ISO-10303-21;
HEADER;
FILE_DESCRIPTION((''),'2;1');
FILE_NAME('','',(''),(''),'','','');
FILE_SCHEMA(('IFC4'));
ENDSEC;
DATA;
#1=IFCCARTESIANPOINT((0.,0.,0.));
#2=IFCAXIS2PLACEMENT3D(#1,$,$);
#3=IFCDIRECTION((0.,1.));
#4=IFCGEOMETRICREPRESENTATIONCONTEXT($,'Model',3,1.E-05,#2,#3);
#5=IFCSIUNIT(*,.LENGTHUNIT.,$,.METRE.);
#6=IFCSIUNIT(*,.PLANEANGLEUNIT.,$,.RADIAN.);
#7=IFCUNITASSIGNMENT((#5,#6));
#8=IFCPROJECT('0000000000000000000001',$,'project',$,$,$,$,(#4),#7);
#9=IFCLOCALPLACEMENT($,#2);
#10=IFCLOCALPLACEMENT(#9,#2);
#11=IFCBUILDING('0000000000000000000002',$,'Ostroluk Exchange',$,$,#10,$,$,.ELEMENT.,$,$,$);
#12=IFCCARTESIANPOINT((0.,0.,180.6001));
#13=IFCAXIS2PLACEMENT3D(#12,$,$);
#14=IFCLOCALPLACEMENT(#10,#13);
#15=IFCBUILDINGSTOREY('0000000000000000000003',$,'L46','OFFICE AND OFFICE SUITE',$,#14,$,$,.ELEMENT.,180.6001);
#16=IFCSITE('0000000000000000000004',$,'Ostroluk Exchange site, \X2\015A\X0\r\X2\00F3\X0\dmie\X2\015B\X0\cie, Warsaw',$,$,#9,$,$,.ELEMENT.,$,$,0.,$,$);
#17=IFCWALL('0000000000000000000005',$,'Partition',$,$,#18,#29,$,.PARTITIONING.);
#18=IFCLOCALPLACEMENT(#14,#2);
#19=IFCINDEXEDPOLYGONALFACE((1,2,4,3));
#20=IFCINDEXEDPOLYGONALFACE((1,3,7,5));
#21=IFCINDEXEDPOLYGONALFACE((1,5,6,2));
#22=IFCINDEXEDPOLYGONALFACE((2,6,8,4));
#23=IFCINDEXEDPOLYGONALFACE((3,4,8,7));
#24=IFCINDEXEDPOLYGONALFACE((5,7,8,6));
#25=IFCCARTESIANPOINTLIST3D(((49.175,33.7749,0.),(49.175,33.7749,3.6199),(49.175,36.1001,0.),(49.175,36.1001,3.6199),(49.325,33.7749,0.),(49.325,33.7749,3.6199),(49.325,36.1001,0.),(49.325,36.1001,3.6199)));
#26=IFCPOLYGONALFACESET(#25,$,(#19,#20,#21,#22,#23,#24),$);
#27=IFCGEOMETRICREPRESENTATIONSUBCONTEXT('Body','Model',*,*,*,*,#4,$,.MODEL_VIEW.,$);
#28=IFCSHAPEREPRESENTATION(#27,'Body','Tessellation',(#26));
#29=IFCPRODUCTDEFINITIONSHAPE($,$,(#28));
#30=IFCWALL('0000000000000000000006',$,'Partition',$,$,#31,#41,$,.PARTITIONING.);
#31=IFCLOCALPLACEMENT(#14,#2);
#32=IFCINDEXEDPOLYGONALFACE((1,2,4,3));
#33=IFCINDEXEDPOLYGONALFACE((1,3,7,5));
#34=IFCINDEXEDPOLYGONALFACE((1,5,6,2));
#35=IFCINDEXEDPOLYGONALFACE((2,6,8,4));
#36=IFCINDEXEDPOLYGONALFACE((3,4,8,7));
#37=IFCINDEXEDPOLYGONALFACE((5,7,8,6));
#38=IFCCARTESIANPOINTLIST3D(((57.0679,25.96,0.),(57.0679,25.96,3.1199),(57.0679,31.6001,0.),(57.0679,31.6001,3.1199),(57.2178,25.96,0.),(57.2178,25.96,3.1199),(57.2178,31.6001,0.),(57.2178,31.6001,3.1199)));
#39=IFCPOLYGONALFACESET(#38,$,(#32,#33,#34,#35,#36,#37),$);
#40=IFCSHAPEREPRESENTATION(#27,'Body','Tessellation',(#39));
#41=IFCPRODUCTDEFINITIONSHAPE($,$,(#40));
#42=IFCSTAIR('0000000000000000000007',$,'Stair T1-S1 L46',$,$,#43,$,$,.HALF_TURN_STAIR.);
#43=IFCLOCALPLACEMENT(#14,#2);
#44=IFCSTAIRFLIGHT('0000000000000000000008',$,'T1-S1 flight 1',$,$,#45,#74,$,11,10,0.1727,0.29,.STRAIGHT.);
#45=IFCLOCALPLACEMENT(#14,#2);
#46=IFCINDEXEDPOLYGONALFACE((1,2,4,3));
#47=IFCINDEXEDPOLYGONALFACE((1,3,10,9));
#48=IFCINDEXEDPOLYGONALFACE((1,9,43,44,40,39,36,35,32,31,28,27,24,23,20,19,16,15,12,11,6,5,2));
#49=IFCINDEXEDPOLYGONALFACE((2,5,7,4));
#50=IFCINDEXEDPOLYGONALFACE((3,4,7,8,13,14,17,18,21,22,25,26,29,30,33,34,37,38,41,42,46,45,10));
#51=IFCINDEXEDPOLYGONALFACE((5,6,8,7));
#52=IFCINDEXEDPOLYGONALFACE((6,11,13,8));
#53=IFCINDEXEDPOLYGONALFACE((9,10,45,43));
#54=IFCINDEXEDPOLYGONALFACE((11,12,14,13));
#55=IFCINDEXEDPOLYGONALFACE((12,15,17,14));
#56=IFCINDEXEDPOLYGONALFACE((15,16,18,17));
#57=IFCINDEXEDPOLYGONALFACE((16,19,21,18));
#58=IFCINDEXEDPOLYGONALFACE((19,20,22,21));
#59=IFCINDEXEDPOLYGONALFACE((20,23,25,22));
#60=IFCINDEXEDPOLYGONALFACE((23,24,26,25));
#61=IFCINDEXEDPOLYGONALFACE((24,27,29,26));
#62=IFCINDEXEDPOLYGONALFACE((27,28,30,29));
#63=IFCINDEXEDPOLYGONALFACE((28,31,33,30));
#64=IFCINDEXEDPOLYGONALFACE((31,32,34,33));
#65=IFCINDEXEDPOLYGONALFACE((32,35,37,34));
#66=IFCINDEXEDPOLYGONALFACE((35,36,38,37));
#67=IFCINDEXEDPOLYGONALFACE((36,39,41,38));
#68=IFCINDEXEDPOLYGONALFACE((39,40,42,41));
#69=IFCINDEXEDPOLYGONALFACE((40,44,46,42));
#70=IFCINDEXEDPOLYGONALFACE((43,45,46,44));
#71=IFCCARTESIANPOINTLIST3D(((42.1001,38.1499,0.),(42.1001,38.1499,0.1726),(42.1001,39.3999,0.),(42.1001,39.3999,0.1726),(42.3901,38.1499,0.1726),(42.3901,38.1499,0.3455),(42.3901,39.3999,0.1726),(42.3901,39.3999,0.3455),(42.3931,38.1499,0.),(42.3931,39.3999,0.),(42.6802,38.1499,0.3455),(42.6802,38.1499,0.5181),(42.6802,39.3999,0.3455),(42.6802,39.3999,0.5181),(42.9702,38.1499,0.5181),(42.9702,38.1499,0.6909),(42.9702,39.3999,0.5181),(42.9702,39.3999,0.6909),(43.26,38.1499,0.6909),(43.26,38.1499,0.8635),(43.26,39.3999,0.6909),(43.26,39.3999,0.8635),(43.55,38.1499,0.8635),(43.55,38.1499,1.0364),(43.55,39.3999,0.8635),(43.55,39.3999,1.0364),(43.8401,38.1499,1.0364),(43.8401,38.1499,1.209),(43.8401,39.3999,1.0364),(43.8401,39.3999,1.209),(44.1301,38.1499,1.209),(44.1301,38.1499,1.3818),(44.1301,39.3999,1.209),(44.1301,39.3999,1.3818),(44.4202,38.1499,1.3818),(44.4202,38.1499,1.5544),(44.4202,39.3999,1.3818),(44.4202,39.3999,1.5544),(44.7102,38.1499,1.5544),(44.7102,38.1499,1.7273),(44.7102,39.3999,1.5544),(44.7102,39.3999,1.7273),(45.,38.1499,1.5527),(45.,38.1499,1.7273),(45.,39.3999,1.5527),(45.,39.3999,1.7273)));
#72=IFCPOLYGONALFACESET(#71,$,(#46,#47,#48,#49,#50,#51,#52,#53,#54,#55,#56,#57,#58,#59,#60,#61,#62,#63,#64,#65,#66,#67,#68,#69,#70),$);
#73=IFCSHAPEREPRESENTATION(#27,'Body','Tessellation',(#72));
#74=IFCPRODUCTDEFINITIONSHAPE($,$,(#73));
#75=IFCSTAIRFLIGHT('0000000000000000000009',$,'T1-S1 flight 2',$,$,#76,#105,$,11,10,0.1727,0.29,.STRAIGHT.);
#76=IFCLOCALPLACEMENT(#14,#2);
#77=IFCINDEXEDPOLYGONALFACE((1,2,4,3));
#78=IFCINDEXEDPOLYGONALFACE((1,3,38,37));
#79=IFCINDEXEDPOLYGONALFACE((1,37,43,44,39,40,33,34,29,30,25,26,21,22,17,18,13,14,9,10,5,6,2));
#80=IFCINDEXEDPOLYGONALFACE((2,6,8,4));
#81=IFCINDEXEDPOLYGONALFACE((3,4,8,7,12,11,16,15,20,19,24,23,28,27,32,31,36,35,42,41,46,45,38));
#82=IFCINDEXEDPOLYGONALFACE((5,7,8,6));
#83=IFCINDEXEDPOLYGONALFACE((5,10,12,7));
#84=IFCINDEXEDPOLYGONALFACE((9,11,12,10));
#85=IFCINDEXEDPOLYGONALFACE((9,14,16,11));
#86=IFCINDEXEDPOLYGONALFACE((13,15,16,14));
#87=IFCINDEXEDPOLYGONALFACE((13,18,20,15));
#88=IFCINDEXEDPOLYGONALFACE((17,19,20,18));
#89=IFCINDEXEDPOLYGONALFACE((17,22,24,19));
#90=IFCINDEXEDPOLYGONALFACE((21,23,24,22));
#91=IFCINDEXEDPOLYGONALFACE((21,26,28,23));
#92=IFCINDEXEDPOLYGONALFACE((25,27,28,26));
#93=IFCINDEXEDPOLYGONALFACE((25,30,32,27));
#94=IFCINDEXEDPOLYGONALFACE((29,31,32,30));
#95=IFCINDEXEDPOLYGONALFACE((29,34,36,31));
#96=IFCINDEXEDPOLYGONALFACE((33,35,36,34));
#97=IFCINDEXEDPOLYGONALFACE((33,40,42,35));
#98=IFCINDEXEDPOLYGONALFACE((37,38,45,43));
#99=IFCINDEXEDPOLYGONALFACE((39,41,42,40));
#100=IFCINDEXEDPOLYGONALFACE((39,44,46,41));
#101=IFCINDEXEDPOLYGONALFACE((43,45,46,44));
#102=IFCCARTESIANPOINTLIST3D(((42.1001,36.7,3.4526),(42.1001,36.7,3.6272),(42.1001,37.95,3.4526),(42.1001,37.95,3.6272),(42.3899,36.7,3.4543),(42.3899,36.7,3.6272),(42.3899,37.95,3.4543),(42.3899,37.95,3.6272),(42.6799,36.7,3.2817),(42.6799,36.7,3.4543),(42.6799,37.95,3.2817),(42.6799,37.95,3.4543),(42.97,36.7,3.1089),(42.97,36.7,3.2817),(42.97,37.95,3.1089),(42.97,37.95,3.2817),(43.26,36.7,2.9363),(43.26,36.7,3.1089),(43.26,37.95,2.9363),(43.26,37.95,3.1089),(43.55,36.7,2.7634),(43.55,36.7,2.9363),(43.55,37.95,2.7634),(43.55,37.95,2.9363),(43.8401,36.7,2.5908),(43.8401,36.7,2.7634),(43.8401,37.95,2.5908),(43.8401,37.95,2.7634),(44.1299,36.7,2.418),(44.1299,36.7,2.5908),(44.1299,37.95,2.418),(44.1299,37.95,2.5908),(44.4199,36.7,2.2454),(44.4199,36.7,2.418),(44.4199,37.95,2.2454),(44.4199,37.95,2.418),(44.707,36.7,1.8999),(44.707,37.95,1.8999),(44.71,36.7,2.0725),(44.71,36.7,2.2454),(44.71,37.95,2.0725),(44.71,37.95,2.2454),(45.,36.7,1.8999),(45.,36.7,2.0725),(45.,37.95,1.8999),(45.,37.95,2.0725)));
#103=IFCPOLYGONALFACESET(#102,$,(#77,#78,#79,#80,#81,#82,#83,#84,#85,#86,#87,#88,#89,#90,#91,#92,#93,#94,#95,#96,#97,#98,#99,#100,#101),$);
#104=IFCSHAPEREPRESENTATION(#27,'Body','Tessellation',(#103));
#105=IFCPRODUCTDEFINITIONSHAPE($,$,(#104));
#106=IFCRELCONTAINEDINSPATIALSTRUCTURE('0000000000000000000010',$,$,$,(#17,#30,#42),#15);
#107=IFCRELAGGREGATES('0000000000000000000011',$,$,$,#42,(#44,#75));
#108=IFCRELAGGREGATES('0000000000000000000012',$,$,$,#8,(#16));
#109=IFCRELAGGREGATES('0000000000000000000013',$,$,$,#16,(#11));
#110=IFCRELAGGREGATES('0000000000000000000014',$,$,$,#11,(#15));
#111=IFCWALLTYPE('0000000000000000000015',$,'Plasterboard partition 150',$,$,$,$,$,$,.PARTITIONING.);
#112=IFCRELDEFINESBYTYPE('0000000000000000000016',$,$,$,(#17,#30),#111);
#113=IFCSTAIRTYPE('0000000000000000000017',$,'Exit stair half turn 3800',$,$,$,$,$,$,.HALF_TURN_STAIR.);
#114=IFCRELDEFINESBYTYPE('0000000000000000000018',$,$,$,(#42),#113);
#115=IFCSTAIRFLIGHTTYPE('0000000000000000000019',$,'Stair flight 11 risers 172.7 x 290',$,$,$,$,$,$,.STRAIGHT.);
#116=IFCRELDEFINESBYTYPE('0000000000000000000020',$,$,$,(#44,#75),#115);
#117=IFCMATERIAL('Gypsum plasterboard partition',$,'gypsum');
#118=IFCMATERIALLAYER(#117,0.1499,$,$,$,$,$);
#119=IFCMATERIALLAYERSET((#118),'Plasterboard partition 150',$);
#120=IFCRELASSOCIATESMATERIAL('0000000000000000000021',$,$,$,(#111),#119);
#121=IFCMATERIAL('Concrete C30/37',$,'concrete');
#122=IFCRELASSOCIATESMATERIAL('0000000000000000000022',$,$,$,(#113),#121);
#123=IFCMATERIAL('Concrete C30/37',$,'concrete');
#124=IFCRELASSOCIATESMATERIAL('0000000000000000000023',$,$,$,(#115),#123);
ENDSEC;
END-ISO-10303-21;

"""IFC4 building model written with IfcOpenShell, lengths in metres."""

from ifc_helpers import new_model, si_unit, direction, frame, frame_2d, origin, place, context, subcontext, project, spatial, polyline, rectangle, outline, extrude, material, layer, layer_set, type_object, element, aggregate, save


model = new_model("IFC4")

# Units and contexts
model_context = context("Model", 3, precision=1e-05, world=origin(), true_north=direction((0.0, 1.0)))
body_context = subcontext(model_context, "Body", "Model", "MODEL_VIEW")
ifc_project = project(units=[si_unit("LENGTHUNIT", "METRE"), si_unit("PLANEANGLEUNIT", "RADIAN")], contexts=[model_context])

# Site, building, storey
site_placement = place(None, origin())
site = spatial("IfcSite", under=ifc_project, at=site_placement, Name="Ostroluk Exchange site, Śródmieście, Warsaw", CompositionType="ELEMENT", RefElevation=0.0)
building_placement = place(site_placement, origin())
building = spatial("IfcBuilding", under=site, at=building_placement, Name="Ostroluk Exchange", CompositionType="ELEMENT")
storey_placement = place(building_placement, frame((0.0, 0.0, 180.6001)))
storey = spatial("IfcBuildingStorey", under=building, at=storey_placement, Name="L46", Description="OFFICE AND OFFICE SUITE", CompositionType="ELEMENT", Elevation=180.6001)

# Walls
ifc_material_1 = material(Name="Gypsum plasterboard partition", Category="gypsum")
ifc_layer_1 = layer(ifc_material_1, 0.1499)
ifc_layer_set_1 = layer_set([ifc_layer_1], Name="Plasterboard partition 150")
wall_type_1 = type_object("IfcWallType", Name="Plasterboard partition 150", PredefinedType="PARTITIONING", material=ifc_layer_set_1)
for number, where, z_axis, x_axis, name in (
    (1, (49.25, 36.1001, 0.0), (0.0, 0.0, 1.0), (0.0, -1.0, 0.0), "Partition"),
):
    element("IfcWall", number, at=place(storey_placement, frame(where, z_axis=z_axis, x_axis=x_axis)), inside=storey, type_object=wall_type_1, Name=name, PredefinedType="PARTITIONING", context=body_context, shape_type="SweptSolid", body=[
        extrude(rectangle(XDim=2.3252, YDim=0.1499, at=frame_2d((1.1626, 0.0))), origin(), (0.0, 0.0, 1.0), 3.6199),
    ])
wall_1_placement = place(storey_placement, frame((57.1428, 31.6001, 0.0), z_axis=(0.0, 0.0, 1.0), x_axis=(0.0, -1.0, 0.0)))
element("IfcWall", 2, at=wall_1_placement, inside=storey, type_object=wall_type_1, Name="Partition", PredefinedType="PARTITIONING", context=body_context, shape_type="SweptSolid", body=[
    extrude(rectangle(XDim=5.6401, YDim=0.1499, at=frame_2d((2.8201, 0.0))), origin(), (0.0, 0.0, 1.0), 3.1199),
])

# Stair, stair flights
ifc_material_2 = material(Name="Concrete C30/37", Category="concrete")
stair_type = type_object("IfcStairType", Name="Exit stair half turn 3800", PredefinedType="HALF_TURN_STAIR", material=ifc_material_2)
stair_placement = place(storey_placement, origin())
stair = element("IfcStair", 3, at=stair_placement, inside=storey, type_object=stair_type, Name="Stair T1-S1 L46", PredefinedType="HALF_TURN_STAIR")
ifc_material_3 = material(Name="Concrete C30/37", Category="concrete")
stair_flight_type = type_object("IfcStairFlightType", Name="Stair flight 11 risers 172.7 x 290", PredefinedType="STRAIGHT", material=ifc_material_3)
stair_flight_1_placement = place(storey_placement, frame((42.1001, 38.7749, 0.0), z_axis=(0.0, 0.0, 1.0), x_axis=(1.0, 0.0, 0.0)))
stair_flight_1 = element("IfcStairFlight", 4, at=stair_flight_1_placement, type_object=stair_flight_type, Name="T1-S1 flight 1", NumberOfRisers=11, NumberOfTreads=10, PredefinedType="STRAIGHT", RiserHeight=0.1727, TreadLength=0.29, context=body_context, shape_type="SweptSolid", body=[
    extrude(outline(polyline([(0.0, 0.0), (0.0, 0.1726), (0.29, 0.1726), (0.29, 0.3455), (0.5801, 0.3455), (0.5801, 0.5181), (0.8701, 0.5181), (0.8701, 0.6909), (1.1599, 0.6909), (1.1599, 0.8635), (1.45, 0.8635), (1.45, 1.0364), (1.74, 1.0364), (1.74, 1.209), (2.03, 1.209), (2.03, 1.3818), (2.3201, 1.3818), (2.3201, 1.5544), (2.6101, 1.5544), (2.6101, 1.7273), (2.8999, 1.7273), (2.8999, 1.8999), (2.8999, 1.5527), (0.293, 0.0), (0.0, 0.0)])), frame((0.0, 0.625, 0.0), z_axis=(0.0, -1.0, 0.0), x_axis=(1.0, 0.0, 0.0)), (0.0, 0.0, 1.0), 1.25),
])
stair_flight_2_placement = place(storey_placement, frame((45.0, 37.325, 1.8999), z_axis=(0.0, 0.0, 1.0), x_axis=(-1.0, 0.0, 0.0)))
stair_flight_2 = element("IfcStairFlight", 5, at=stair_flight_2_placement, type_object=stair_flight_type, Name="T1-S1 flight 2", NumberOfRisers=11, NumberOfTreads=10, PredefinedType="STRAIGHT", RiserHeight=0.1727, TreadLength=0.29, context=body_context, shape_type="SweptSolid", body=[
    extrude(outline(polyline([(0.0, 0.0), (0.0, 0.1726), (0.29, 0.1726), (0.29, 0.3455), (0.5801, 0.3455), (0.5801, 0.5181), (0.8701, 0.5181), (0.8701, 0.6909), (1.1599, 0.6909), (1.1599, 0.8635), (1.45, 0.8635), (1.45, 1.0364), (1.74, 1.0364), (1.74, 1.209), (2.03, 1.209), (2.03, 1.3818), (2.3201, 1.3818), (2.3201, 1.5544), (2.6101, 1.5544), (2.6101, 1.7273), (2.8999, 1.7273), (2.8999, 1.8999), (2.8999, 1.5527), (0.293, 0.0), (0.0, 0.0)])), frame((0.0, 0.625, 0.0), z_axis=(0.0, -1.0, 0.0), x_axis=(1.0, 0.0, 0.0)), (0.0, 0.0, 1.0), 1.25),
])
aggregate(stair, [stair_flight_1, stair_flight_2])

save(model, "model.ifc")
